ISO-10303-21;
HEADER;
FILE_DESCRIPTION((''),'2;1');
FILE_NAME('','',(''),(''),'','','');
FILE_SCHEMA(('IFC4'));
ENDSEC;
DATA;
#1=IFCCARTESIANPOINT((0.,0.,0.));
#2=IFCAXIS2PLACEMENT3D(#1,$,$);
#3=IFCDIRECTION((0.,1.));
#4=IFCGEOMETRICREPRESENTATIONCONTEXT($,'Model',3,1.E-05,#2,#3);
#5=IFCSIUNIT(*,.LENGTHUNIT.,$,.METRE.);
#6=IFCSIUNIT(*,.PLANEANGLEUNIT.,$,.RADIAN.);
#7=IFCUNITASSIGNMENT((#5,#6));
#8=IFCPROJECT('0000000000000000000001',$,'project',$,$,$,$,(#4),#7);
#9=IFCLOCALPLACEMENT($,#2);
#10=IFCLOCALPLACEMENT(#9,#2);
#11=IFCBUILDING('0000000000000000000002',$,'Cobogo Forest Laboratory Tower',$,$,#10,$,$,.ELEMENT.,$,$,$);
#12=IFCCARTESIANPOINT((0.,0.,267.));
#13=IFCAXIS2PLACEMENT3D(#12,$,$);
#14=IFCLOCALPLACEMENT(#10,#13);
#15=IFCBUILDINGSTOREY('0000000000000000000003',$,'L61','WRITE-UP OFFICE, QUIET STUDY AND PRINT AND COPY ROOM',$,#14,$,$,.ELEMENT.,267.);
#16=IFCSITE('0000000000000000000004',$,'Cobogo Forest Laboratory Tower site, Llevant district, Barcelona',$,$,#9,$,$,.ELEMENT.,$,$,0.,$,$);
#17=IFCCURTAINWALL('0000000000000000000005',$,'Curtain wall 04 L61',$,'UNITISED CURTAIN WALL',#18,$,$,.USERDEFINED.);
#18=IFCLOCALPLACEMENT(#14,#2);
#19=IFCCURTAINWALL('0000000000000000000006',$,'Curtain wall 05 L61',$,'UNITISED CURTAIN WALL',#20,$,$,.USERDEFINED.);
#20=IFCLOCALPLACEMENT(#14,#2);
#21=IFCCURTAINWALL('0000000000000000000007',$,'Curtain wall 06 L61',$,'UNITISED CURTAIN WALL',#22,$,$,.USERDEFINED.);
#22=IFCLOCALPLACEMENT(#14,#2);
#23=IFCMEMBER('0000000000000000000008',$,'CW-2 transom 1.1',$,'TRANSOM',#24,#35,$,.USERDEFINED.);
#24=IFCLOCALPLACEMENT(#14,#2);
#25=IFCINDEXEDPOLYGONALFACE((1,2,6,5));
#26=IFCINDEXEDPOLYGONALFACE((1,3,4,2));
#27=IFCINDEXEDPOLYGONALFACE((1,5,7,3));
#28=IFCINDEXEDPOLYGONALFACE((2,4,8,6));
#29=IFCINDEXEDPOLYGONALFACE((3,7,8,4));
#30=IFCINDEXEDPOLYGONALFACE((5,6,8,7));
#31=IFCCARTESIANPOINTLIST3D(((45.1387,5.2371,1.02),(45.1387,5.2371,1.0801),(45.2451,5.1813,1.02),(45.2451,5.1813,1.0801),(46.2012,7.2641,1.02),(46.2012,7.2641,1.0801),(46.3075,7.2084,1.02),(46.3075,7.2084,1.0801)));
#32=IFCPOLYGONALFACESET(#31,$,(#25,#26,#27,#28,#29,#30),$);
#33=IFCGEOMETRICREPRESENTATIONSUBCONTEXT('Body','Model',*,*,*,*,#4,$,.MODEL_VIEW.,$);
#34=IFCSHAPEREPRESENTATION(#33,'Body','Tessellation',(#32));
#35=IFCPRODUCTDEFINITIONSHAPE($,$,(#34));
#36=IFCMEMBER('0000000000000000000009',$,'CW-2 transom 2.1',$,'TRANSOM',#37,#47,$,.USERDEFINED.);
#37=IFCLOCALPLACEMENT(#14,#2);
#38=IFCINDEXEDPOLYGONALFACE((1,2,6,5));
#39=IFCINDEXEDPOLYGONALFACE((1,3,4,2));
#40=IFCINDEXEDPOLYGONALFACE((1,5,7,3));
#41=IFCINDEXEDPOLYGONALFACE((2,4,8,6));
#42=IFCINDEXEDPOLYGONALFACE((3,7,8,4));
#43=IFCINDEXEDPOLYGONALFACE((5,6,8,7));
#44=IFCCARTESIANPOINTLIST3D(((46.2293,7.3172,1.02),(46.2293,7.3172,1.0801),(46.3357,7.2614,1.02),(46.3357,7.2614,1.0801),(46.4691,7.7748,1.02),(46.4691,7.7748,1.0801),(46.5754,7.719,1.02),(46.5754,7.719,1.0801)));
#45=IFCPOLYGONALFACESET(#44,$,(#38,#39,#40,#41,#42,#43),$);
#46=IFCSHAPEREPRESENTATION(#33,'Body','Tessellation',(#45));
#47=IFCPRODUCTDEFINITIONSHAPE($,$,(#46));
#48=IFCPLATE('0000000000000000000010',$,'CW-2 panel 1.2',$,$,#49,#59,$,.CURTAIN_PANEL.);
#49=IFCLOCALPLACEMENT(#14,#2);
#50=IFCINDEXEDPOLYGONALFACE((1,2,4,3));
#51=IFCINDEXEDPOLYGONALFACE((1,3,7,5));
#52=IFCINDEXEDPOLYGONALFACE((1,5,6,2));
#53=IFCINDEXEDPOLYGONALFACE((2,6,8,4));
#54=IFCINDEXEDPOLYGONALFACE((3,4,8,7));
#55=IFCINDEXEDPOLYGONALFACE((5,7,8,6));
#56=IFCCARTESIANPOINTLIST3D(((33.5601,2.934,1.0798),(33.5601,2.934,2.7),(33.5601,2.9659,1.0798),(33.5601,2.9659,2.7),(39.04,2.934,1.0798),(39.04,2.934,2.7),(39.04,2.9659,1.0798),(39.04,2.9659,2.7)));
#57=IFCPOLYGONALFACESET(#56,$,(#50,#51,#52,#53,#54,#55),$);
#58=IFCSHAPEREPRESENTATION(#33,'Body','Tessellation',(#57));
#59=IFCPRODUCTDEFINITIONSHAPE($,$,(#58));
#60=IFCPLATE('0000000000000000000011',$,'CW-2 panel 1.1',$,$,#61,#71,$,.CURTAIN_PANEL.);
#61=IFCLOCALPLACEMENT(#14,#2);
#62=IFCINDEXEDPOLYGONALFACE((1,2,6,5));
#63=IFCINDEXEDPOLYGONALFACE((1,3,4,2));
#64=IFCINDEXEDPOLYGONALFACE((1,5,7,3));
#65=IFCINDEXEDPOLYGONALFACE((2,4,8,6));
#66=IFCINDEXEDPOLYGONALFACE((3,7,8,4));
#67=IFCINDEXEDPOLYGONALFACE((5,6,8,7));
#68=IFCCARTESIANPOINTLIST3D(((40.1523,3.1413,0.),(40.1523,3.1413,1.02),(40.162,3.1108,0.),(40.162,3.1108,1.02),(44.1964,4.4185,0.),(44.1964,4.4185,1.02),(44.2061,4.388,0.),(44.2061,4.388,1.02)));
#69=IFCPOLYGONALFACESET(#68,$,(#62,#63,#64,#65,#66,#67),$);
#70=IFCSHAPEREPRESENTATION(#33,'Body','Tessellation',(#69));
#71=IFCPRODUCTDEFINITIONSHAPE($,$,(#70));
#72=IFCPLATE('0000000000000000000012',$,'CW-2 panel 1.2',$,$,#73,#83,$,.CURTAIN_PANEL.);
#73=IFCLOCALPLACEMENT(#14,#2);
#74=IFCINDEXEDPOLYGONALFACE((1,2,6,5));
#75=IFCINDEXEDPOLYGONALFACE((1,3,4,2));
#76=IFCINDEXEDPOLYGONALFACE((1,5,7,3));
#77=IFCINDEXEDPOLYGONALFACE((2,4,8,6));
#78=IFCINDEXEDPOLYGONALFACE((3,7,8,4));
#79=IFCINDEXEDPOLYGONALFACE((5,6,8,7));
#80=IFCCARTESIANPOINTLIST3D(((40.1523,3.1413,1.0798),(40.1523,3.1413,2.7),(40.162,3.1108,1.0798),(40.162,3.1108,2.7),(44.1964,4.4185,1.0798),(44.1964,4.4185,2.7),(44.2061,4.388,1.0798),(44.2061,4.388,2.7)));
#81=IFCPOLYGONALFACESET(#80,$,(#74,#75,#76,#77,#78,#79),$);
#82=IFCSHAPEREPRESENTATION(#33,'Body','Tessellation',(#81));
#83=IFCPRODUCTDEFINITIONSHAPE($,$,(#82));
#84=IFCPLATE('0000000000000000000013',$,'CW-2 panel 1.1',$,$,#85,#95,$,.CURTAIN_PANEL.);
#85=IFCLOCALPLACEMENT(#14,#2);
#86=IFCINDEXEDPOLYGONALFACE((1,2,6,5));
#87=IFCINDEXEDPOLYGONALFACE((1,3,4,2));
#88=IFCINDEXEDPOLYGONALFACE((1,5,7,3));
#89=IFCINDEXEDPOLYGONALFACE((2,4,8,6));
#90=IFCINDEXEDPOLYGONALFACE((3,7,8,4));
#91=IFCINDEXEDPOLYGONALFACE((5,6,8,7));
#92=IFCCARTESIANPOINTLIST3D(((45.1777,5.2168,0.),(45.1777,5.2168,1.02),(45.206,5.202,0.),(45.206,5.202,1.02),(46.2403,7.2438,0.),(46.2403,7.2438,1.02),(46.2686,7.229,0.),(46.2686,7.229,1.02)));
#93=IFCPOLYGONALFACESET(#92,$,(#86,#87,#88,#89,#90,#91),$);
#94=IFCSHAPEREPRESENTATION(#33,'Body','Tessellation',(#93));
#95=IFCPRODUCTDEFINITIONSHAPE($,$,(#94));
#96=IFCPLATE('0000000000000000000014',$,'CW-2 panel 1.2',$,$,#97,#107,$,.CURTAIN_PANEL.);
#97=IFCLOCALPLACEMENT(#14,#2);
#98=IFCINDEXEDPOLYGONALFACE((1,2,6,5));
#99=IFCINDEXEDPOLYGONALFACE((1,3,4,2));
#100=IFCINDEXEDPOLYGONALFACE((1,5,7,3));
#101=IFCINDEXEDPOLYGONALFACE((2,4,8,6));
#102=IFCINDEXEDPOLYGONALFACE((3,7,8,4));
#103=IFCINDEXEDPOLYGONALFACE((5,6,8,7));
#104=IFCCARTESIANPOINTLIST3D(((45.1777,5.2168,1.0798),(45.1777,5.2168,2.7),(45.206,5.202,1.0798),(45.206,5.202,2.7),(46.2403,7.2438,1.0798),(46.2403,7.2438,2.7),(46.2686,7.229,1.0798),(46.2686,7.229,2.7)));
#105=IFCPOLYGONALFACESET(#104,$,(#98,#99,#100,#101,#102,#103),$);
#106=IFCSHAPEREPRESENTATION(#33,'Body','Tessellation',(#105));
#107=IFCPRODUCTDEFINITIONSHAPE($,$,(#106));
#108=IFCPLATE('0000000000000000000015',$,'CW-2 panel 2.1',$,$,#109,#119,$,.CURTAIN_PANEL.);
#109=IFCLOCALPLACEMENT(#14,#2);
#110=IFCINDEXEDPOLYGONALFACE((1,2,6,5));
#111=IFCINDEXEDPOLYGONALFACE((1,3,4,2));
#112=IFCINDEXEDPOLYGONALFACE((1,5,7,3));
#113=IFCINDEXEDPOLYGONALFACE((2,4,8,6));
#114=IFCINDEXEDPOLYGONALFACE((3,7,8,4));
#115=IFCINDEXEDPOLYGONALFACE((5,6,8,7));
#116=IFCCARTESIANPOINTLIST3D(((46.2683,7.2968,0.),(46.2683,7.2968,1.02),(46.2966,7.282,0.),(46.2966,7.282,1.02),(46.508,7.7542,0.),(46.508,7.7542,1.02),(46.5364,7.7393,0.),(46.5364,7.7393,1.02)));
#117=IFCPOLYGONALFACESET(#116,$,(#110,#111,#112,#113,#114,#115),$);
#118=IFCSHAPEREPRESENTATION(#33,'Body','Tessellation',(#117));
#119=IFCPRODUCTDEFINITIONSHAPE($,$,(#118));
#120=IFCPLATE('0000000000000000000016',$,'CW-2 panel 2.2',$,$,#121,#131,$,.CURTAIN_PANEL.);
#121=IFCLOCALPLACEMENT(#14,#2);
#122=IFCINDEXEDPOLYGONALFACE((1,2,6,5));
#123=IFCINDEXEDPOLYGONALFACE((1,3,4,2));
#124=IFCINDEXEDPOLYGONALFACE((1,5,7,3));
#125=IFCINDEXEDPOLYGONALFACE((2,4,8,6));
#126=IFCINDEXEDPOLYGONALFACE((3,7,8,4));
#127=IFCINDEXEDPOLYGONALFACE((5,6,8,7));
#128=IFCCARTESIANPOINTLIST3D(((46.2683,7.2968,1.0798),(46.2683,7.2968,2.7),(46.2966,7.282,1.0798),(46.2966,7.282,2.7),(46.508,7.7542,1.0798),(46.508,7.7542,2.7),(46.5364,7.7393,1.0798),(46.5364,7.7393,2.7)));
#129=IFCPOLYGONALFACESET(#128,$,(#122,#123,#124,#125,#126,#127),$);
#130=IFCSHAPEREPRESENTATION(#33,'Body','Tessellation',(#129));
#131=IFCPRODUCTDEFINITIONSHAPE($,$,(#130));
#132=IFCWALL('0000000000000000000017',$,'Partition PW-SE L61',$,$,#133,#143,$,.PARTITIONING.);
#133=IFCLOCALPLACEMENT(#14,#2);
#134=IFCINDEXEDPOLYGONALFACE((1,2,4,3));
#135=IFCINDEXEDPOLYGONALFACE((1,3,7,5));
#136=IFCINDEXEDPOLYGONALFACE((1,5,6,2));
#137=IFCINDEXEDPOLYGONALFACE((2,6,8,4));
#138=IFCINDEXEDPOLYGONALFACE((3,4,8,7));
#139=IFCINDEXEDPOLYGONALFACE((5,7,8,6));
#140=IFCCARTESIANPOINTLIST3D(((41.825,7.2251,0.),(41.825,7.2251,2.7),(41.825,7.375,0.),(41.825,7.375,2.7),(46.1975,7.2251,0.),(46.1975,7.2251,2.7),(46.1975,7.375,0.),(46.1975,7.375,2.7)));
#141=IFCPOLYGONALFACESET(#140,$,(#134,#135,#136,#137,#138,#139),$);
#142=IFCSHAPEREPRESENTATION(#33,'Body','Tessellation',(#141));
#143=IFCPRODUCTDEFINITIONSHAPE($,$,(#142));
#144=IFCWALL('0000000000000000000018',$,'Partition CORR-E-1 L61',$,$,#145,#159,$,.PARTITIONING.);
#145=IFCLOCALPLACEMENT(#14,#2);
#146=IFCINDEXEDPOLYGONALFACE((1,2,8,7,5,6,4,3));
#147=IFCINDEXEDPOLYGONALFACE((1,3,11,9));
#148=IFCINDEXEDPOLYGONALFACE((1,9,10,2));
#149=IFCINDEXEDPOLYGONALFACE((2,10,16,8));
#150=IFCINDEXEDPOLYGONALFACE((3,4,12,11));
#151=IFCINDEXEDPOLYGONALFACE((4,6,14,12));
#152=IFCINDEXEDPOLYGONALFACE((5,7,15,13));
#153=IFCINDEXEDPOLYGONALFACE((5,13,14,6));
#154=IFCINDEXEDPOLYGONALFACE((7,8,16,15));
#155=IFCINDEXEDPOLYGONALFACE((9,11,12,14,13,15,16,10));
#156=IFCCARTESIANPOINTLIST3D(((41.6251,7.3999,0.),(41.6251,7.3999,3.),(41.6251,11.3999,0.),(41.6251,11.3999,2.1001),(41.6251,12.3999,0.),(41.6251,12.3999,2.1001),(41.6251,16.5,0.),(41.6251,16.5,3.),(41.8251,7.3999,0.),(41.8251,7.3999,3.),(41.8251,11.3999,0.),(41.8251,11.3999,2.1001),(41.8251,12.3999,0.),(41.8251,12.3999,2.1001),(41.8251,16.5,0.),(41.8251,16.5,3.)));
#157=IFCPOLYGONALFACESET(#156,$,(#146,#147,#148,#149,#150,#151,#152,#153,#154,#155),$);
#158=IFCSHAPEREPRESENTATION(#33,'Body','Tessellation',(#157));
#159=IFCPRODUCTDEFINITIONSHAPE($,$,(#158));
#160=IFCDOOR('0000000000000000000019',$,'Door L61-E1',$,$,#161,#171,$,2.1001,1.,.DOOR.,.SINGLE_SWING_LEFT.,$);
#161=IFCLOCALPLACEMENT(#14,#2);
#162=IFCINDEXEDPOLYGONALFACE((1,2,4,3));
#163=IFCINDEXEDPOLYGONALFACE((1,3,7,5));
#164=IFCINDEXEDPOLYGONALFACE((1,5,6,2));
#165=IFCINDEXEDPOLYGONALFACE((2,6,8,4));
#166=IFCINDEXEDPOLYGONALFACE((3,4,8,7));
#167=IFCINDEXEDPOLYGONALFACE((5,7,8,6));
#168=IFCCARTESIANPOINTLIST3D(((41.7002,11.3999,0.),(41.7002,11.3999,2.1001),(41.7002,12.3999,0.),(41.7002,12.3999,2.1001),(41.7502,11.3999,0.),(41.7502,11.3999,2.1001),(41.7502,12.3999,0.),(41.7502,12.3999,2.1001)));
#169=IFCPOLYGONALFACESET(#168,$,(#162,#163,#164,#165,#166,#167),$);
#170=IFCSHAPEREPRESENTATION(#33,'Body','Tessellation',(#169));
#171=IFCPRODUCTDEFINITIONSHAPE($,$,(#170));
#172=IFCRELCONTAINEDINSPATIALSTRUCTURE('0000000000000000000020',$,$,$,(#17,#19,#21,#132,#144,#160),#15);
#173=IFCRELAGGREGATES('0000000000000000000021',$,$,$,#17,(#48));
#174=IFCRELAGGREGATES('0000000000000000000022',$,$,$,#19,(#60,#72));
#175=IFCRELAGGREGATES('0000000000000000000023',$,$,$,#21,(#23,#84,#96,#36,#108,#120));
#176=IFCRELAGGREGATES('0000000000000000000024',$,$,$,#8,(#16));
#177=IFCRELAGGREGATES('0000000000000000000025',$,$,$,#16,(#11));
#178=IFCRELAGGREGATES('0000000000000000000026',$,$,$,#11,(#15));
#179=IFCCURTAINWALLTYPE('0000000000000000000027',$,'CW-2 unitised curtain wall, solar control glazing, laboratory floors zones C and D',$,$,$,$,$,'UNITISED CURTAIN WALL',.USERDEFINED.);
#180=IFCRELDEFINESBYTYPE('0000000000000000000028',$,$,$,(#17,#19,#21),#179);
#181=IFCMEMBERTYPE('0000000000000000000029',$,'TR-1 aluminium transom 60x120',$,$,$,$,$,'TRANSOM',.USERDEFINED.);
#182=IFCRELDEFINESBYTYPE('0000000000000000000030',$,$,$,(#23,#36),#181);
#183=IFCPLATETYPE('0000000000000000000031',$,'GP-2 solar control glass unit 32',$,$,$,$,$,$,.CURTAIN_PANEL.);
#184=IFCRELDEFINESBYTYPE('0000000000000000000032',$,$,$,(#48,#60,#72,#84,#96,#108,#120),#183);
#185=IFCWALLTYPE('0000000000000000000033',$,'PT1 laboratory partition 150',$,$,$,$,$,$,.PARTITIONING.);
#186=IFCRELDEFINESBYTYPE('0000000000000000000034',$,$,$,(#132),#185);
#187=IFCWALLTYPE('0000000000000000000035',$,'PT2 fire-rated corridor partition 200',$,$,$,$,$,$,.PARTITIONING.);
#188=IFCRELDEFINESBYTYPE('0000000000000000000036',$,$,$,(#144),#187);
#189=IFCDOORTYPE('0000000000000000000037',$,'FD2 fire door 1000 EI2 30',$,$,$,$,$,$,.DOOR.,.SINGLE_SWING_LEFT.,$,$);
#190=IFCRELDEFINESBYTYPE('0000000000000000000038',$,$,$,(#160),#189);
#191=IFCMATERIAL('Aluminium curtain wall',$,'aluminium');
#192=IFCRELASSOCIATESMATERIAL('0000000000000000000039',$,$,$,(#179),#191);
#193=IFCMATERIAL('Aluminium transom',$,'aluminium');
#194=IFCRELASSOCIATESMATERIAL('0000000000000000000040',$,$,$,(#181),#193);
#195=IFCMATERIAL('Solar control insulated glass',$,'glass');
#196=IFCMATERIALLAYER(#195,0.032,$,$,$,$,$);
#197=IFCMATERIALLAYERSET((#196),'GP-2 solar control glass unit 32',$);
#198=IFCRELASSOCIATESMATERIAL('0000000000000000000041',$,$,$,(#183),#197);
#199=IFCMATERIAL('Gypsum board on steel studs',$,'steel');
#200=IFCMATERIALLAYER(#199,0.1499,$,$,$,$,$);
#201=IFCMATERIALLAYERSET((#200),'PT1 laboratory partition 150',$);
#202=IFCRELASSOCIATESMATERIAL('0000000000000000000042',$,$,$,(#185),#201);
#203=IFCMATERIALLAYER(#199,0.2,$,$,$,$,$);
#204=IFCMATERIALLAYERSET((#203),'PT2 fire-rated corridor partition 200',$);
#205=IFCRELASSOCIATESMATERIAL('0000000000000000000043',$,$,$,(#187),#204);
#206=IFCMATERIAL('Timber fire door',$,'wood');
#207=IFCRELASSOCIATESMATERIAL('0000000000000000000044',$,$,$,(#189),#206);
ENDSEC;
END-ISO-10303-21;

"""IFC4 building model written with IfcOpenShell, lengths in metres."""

from ifc_helpers import new_model, si_unit, direction, frame, frame_2d, origin, origin_2d, place, context, subcontext, project, spatial, rectangle, extrude, material, layer, layer_set, material_profile, profile_set, type_object, element, fill, aggregate, save


model = new_model("IFC4")

# Units and contexts
model_context = context("Model", 3, precision=1e-05, world=origin(), true_north=direction((0.0, 1.0)))
body_context = subcontext(model_context, "Body", "Model", "MODEL_VIEW")
ifc_project = project(units=[si_unit("LENGTHUNIT", "METRE"), si_unit("PLANEANGLEUNIT", "RADIAN")], contexts=[model_context])

# Site, building, storey
site_placement = place(None, origin())
site = spatial("IfcSite", under=ifc_project, at=site_placement, Name="Cobogo Forest Laboratory Tower site, Llevant district, Barcelona", CompositionType="ELEMENT", RefElevation=0.0)
building_placement = place(site_placement, origin())
building = spatial("IfcBuilding", under=site, at=building_placement, Name="Cobogo Forest Laboratory Tower", CompositionType="ELEMENT")
storey_placement = place(building_placement, frame((0.0, 0.0, 267.0)))
storey = spatial("IfcBuildingStorey", under=building, at=storey_placement, Name="L61", Description="WRITE-UP OFFICE, QUIET STUDY AND PRINT AND COPY ROOM", CompositionType="ELEMENT", Elevation=267.0)

# Curtain wall
ifc_material_1 = material(Name="Aluminium curtain wall", Category="aluminium")
curtain_wall_type = type_object("IfcCurtainWallType", Name="CW-2 unitised curtain wall, solar control glazing, laboratory floors zones C and D", ElementType="UNITISED CURTAIN WALL", PredefinedType="USERDEFINED", material=ifc_material_1)
curtain_wall_1_placement = place(storey_placement, origin())
curtain_wall_1 = element("IfcCurtainWall", 1, at=curtain_wall_1_placement, inside=storey, type_object=curtain_wall_type, Name="Curtain wall 04 L61", ObjectType="UNITISED CURTAIN WALL", PredefinedType="USERDEFINED")

# Curtain walls
curtain_wall_2_placement = place(storey_placement, origin())
curtain_wall_2 = element("IfcCurtainWall", 2, at=curtain_wall_2_placement, inside=storey, type_object=curtain_wall_type, Name="Curtain wall 05 L61", ObjectType="UNITISED CURTAIN WALL", PredefinedType="USERDEFINED")
curtain_wall_3_placement = place(storey_placement, origin())
curtain_wall_3 = element("IfcCurtainWall", 3, at=curtain_wall_3_placement, inside=storey, type_object=curtain_wall_type, Name="Curtain wall 06 L61", ObjectType="UNITISED CURTAIN WALL", PredefinedType="USERDEFINED")

# Members
ifc_material_2 = material(Name="Aluminium transom", Category="aluminium")
ifc_material_profile_1 = material_profile(ifc_material_2, rectangle(XDim=0.1201, YDim=0.0601, at=origin_2d()), Name="AL 60x120")
ifc_profile_set_1 = profile_set([ifc_material_profile_1], Name="Aluminium transom")
member_type_1 = type_object("IfcMemberType", Name="TR-1 aluminium transom 60x120", ElementType="TRANSOM", PredefinedType="USERDEFINED", material=ifc_profile_set_1)
member_1_placement = place(storey_placement, frame((45.1919, 5.2092, 1.05), z_axis=(0.464242, 0.885708, 0.0), x_axis=(-0.885708, 0.464242, 0.0)))
member_1 = element("IfcMember", 4, at=member_1_placement, type_object=member_type_1, Name="CW-2 transom 1.1", ObjectType="TRANSOM", PredefinedType="USERDEFINED", context=body_context, shape_type="SweptSolid", body=[
    extrude(rectangle(XDim=0.1201, YDim=0.0601, at=origin_2d()), origin(), (0.0, 0.0, 1.0), 2.2886),
])
member_2_placement = place(storey_placement, frame((46.2825, 7.2893, 1.05), z_axis=(0.464148, 0.885758, 0.0), x_axis=(-0.885758, 0.464148, 0.0)))
member_2 = element("IfcMember", 5, at=member_2_placement, type_object=member_type_1, Name="CW-2 transom 2.1", ObjectType="TRANSOM", PredefinedType="USERDEFINED", context=body_context, shape_type="SweptSolid", body=[
    extrude(rectangle(XDim=0.1201, YDim=0.0601, at=origin_2d()), origin(), (0.0, 0.0, 1.0), 0.5166),
])

# Plates
ifc_material_3 = material(Name="Solar control insulated glass", Category="glass")
ifc_layer_1 = layer(ifc_material_3, 0.032)
ifc_layer_set_1 = layer_set([ifc_layer_1], Name="GP-2 solar control glass unit 32")
plate_type = type_object("IfcPlateType", Name="GP-2 solar control glass unit 32", PredefinedType="CURTAIN_PANEL", material=ifc_layer_set_1)
plate_1_placement = place(storey_placement, frame((36.3, 2.95, 1.0798), z_axis=(0.0, 0.0, 1.0), x_axis=(1.0, 0.0, 0.0)))
plate_1 = element("IfcPlate", 6, at=plate_1_placement, type_object=plate_type, Name="CW-2 panel 1.2", PredefinedType="CURTAIN_PANEL", context=body_context, shape_type="SweptSolid", body=[
    extrude(rectangle(XDim=5.48, YDim=0.032, at=origin_2d()), origin(), (0.0, 0.0, 1.0), 1.6201),
])
aggregate(curtain_wall_1, [plate_1])
plate_2_placement = place(storey_placement, frame((42.1792, 3.7646, 0.0), z_axis=(0.0, 0.0, 1.0), x_axis=(0.953581, 0.301135, 0.0)))
plate_2 = element("IfcPlate", 7, at=plate_2_placement, type_object=plate_type, Name="CW-2 panel 1.1", PredefinedType="CURTAIN_PANEL", context=body_context, shape_type="SweptSolid", body=[
    extrude(rectangle(XDim=4.241, YDim=0.032, at=origin_2d()), origin(), (0.0, 0.0, 1.0), 1.02),
])
plate_3_placement = place(storey_placement, frame((42.1792, 3.7646, 1.0798), z_axis=(0.0, 0.0, 1.0), x_axis=(0.953581, 0.301135, 0.0)))
plate_3 = element("IfcPlate", 8, at=plate_3_placement, type_object=plate_type, Name="CW-2 panel 1.2", PredefinedType="CURTAIN_PANEL", context=body_context, shape_type="SweptSolid", body=[
    extrude(rectangle(XDim=4.241, YDim=0.032, at=origin_2d()), origin(), (0.0, 0.0, 1.0), 1.6201),
])
aggregate(curtain_wall_2, [plate_2, plate_3])
plate_4_placement = place(storey_placement, frame((45.7231, 6.2229, 0.0), z_axis=(0.0, 0.0, 1.0), x_axis=(0.464284, 0.885686, 0.0)))
plate_4 = element("IfcPlate", 9, at=plate_4_placement, type_object=plate_type, Name="CW-2 panel 1.1", PredefinedType="CURTAIN_PANEL", context=body_context, shape_type="SweptSolid", body=[
    extrude(rectangle(XDim=2.2886, YDim=0.032, at=origin_2d()), origin(), (0.0, 0.0, 1.0), 1.02),
])
plate_5_placement = place(storey_placement, frame((45.7231, 6.2229, 1.0798), z_axis=(0.0, 0.0, 1.0), x_axis=(0.464284, 0.885686, 0.0)))
plate_5 = element("IfcPlate", 10, at=plate_5_placement, type_object=plate_type, Name="CW-2 panel 1.2", PredefinedType="CURTAIN_PANEL", context=body_context, shape_type="SweptSolid", body=[
    extrude(rectangle(XDim=2.2886, YDim=0.032, at=origin_2d()), origin(), (0.0, 0.0, 1.0), 1.6201),
])
plate_6_placement = place(storey_placement, frame((46.4023, 7.5181, 0.0), z_axis=(0.0, 0.0, 1.0), x_axis=(0.464284, 0.885686, 0.0)))
plate_6 = element("IfcPlate", 11, at=plate_6_placement, type_object=plate_type, Name="CW-2 panel 2.1", PredefinedType="CURTAIN_PANEL", context=body_context, shape_type="SweptSolid", body=[
    extrude(rectangle(XDim=0.5164, YDim=0.032, at=origin_2d()), origin(), (0.0, 0.0, 1.0), 1.02),
])
plate_7_placement = place(storey_placement, frame((46.4023, 7.5181, 1.0798), z_axis=(0.0, 0.0, 1.0), x_axis=(0.464284, 0.885686, 0.0)))
plate_7 = element("IfcPlate", 12, at=plate_7_placement, type_object=plate_type, Name="CW-2 panel 2.2", PredefinedType="CURTAIN_PANEL", context=body_context, shape_type="SweptSolid", body=[
    extrude(rectangle(XDim=0.5164, YDim=0.032, at=origin_2d()), origin(), (0.0, 0.0, 1.0), 1.6201),
])
aggregate(curtain_wall_3, [member_1, plate_4, plate_5, member_2, plate_6, plate_7])

# Wall
ifc_material_4 = material(Name="Gypsum board on steel studs", Category="steel")
ifc_layer_2 = layer(ifc_material_4, 0.1499)
ifc_layer_set_2 = layer_set([ifc_layer_2], Name="PT1 laboratory partition 150")
wall_type_1 = type_object("IfcWallType", Name="PT1 laboratory partition 150", PredefinedType="PARTITIONING", material=ifc_layer_set_2)
wall_1_placement = place(storey_placement, frame((46.1975, 7.3, 0.0), z_axis=(0.0, 0.0, 1.0), x_axis=(-1.0, 0.0, 0.0)))
element("IfcWall", 13, at=wall_1_placement, inside=storey, type_object=wall_type_1, Name="Partition PW-SE L61", PredefinedType="PARTITIONING", context=body_context, shape_type="SweptSolid", body=[
    extrude(rectangle(XDim=4.3726, YDim=0.1499, at=frame_2d((2.1863, 0.0))), origin(), (0.0, 0.0, 1.0), 2.7),
])

# Wall, opening, door
ifc_layer_3 = layer(ifc_material_4, 0.2)
ifc_layer_set_3 = layer_set([ifc_layer_3], Name="PT2 fire-rated corridor partition 200")
wall_type_2 = type_object("IfcWallType", Name="PT2 fire-rated corridor partition 200", PredefinedType="PARTITIONING", material=ifc_layer_set_3)
wall_2_placement = place(storey_placement, frame((41.7251, 7.3999, 0.0), z_axis=(0.0, 0.0, 1.0), x_axis=(0.0, 1.0, 0.0)))
wall_2 = element("IfcWall", 14, at=wall_2_placement, inside=storey, type_object=wall_type_2, Name="Partition CORR-E-1 L61", PredefinedType="PARTITIONING", context=body_context, shape_type="SweptSolid", body=[
    extrude(rectangle(XDim=9.1001, YDim=0.2, at=frame_2d((4.55, 0.0))), origin(), (0.0, 0.0, 1.0), 3.0),
])
opening_placement = place(wall_2_placement, frame((4.0, 0.0, 0.0)))
opening = element("IfcOpeningElement", 15, at=opening_placement, cuts=wall_2, PredefinedType="OPENING", context=body_context, shape_type="SweptSolid", body=[
    extrude(rectangle(XDim=1.0, YDim=2.1001, at=frame_2d((0.5, 1.05))), frame((0.0, 0.1099, 0.0), z_axis=(0.0, -1.0, 0.0), x_axis=(1.0, 0.0, 0.0)), (0.0, 0.0, 1.0), 0.22),
])
ifc_material_5 = material(Name="Timber fire door", Category="wood")
door_type = type_object("IfcDoorType", Name="FD2 fire door 1000 EI2 30", OperationType="SINGLE_SWING_LEFT", PredefinedType="DOOR", material=ifc_material_5)
door_placement = place(opening_placement, origin())
door = element("IfcDoor", 16, at=door_placement, inside=storey, type_object=door_type, Name="Door L61-E1", OperationType="SINGLE_SWING_LEFT", OverallHeight=2.1001, OverallWidth=1.0, PredefinedType="DOOR", context=body_context, shape_type="SweptSolid", body=[
    extrude(rectangle(XDim=1.0, YDim=2.1001, at=frame_2d((0.5, 1.05))), frame((0.0, 0.0249, 0.0), z_axis=(0.0, -1.0, 0.0), x_axis=(1.0, 0.0, 0.0)), (0.0, 0.0, 1.0), 0.05),
])
fill(opening, door)

save(model, "model.ifc")
